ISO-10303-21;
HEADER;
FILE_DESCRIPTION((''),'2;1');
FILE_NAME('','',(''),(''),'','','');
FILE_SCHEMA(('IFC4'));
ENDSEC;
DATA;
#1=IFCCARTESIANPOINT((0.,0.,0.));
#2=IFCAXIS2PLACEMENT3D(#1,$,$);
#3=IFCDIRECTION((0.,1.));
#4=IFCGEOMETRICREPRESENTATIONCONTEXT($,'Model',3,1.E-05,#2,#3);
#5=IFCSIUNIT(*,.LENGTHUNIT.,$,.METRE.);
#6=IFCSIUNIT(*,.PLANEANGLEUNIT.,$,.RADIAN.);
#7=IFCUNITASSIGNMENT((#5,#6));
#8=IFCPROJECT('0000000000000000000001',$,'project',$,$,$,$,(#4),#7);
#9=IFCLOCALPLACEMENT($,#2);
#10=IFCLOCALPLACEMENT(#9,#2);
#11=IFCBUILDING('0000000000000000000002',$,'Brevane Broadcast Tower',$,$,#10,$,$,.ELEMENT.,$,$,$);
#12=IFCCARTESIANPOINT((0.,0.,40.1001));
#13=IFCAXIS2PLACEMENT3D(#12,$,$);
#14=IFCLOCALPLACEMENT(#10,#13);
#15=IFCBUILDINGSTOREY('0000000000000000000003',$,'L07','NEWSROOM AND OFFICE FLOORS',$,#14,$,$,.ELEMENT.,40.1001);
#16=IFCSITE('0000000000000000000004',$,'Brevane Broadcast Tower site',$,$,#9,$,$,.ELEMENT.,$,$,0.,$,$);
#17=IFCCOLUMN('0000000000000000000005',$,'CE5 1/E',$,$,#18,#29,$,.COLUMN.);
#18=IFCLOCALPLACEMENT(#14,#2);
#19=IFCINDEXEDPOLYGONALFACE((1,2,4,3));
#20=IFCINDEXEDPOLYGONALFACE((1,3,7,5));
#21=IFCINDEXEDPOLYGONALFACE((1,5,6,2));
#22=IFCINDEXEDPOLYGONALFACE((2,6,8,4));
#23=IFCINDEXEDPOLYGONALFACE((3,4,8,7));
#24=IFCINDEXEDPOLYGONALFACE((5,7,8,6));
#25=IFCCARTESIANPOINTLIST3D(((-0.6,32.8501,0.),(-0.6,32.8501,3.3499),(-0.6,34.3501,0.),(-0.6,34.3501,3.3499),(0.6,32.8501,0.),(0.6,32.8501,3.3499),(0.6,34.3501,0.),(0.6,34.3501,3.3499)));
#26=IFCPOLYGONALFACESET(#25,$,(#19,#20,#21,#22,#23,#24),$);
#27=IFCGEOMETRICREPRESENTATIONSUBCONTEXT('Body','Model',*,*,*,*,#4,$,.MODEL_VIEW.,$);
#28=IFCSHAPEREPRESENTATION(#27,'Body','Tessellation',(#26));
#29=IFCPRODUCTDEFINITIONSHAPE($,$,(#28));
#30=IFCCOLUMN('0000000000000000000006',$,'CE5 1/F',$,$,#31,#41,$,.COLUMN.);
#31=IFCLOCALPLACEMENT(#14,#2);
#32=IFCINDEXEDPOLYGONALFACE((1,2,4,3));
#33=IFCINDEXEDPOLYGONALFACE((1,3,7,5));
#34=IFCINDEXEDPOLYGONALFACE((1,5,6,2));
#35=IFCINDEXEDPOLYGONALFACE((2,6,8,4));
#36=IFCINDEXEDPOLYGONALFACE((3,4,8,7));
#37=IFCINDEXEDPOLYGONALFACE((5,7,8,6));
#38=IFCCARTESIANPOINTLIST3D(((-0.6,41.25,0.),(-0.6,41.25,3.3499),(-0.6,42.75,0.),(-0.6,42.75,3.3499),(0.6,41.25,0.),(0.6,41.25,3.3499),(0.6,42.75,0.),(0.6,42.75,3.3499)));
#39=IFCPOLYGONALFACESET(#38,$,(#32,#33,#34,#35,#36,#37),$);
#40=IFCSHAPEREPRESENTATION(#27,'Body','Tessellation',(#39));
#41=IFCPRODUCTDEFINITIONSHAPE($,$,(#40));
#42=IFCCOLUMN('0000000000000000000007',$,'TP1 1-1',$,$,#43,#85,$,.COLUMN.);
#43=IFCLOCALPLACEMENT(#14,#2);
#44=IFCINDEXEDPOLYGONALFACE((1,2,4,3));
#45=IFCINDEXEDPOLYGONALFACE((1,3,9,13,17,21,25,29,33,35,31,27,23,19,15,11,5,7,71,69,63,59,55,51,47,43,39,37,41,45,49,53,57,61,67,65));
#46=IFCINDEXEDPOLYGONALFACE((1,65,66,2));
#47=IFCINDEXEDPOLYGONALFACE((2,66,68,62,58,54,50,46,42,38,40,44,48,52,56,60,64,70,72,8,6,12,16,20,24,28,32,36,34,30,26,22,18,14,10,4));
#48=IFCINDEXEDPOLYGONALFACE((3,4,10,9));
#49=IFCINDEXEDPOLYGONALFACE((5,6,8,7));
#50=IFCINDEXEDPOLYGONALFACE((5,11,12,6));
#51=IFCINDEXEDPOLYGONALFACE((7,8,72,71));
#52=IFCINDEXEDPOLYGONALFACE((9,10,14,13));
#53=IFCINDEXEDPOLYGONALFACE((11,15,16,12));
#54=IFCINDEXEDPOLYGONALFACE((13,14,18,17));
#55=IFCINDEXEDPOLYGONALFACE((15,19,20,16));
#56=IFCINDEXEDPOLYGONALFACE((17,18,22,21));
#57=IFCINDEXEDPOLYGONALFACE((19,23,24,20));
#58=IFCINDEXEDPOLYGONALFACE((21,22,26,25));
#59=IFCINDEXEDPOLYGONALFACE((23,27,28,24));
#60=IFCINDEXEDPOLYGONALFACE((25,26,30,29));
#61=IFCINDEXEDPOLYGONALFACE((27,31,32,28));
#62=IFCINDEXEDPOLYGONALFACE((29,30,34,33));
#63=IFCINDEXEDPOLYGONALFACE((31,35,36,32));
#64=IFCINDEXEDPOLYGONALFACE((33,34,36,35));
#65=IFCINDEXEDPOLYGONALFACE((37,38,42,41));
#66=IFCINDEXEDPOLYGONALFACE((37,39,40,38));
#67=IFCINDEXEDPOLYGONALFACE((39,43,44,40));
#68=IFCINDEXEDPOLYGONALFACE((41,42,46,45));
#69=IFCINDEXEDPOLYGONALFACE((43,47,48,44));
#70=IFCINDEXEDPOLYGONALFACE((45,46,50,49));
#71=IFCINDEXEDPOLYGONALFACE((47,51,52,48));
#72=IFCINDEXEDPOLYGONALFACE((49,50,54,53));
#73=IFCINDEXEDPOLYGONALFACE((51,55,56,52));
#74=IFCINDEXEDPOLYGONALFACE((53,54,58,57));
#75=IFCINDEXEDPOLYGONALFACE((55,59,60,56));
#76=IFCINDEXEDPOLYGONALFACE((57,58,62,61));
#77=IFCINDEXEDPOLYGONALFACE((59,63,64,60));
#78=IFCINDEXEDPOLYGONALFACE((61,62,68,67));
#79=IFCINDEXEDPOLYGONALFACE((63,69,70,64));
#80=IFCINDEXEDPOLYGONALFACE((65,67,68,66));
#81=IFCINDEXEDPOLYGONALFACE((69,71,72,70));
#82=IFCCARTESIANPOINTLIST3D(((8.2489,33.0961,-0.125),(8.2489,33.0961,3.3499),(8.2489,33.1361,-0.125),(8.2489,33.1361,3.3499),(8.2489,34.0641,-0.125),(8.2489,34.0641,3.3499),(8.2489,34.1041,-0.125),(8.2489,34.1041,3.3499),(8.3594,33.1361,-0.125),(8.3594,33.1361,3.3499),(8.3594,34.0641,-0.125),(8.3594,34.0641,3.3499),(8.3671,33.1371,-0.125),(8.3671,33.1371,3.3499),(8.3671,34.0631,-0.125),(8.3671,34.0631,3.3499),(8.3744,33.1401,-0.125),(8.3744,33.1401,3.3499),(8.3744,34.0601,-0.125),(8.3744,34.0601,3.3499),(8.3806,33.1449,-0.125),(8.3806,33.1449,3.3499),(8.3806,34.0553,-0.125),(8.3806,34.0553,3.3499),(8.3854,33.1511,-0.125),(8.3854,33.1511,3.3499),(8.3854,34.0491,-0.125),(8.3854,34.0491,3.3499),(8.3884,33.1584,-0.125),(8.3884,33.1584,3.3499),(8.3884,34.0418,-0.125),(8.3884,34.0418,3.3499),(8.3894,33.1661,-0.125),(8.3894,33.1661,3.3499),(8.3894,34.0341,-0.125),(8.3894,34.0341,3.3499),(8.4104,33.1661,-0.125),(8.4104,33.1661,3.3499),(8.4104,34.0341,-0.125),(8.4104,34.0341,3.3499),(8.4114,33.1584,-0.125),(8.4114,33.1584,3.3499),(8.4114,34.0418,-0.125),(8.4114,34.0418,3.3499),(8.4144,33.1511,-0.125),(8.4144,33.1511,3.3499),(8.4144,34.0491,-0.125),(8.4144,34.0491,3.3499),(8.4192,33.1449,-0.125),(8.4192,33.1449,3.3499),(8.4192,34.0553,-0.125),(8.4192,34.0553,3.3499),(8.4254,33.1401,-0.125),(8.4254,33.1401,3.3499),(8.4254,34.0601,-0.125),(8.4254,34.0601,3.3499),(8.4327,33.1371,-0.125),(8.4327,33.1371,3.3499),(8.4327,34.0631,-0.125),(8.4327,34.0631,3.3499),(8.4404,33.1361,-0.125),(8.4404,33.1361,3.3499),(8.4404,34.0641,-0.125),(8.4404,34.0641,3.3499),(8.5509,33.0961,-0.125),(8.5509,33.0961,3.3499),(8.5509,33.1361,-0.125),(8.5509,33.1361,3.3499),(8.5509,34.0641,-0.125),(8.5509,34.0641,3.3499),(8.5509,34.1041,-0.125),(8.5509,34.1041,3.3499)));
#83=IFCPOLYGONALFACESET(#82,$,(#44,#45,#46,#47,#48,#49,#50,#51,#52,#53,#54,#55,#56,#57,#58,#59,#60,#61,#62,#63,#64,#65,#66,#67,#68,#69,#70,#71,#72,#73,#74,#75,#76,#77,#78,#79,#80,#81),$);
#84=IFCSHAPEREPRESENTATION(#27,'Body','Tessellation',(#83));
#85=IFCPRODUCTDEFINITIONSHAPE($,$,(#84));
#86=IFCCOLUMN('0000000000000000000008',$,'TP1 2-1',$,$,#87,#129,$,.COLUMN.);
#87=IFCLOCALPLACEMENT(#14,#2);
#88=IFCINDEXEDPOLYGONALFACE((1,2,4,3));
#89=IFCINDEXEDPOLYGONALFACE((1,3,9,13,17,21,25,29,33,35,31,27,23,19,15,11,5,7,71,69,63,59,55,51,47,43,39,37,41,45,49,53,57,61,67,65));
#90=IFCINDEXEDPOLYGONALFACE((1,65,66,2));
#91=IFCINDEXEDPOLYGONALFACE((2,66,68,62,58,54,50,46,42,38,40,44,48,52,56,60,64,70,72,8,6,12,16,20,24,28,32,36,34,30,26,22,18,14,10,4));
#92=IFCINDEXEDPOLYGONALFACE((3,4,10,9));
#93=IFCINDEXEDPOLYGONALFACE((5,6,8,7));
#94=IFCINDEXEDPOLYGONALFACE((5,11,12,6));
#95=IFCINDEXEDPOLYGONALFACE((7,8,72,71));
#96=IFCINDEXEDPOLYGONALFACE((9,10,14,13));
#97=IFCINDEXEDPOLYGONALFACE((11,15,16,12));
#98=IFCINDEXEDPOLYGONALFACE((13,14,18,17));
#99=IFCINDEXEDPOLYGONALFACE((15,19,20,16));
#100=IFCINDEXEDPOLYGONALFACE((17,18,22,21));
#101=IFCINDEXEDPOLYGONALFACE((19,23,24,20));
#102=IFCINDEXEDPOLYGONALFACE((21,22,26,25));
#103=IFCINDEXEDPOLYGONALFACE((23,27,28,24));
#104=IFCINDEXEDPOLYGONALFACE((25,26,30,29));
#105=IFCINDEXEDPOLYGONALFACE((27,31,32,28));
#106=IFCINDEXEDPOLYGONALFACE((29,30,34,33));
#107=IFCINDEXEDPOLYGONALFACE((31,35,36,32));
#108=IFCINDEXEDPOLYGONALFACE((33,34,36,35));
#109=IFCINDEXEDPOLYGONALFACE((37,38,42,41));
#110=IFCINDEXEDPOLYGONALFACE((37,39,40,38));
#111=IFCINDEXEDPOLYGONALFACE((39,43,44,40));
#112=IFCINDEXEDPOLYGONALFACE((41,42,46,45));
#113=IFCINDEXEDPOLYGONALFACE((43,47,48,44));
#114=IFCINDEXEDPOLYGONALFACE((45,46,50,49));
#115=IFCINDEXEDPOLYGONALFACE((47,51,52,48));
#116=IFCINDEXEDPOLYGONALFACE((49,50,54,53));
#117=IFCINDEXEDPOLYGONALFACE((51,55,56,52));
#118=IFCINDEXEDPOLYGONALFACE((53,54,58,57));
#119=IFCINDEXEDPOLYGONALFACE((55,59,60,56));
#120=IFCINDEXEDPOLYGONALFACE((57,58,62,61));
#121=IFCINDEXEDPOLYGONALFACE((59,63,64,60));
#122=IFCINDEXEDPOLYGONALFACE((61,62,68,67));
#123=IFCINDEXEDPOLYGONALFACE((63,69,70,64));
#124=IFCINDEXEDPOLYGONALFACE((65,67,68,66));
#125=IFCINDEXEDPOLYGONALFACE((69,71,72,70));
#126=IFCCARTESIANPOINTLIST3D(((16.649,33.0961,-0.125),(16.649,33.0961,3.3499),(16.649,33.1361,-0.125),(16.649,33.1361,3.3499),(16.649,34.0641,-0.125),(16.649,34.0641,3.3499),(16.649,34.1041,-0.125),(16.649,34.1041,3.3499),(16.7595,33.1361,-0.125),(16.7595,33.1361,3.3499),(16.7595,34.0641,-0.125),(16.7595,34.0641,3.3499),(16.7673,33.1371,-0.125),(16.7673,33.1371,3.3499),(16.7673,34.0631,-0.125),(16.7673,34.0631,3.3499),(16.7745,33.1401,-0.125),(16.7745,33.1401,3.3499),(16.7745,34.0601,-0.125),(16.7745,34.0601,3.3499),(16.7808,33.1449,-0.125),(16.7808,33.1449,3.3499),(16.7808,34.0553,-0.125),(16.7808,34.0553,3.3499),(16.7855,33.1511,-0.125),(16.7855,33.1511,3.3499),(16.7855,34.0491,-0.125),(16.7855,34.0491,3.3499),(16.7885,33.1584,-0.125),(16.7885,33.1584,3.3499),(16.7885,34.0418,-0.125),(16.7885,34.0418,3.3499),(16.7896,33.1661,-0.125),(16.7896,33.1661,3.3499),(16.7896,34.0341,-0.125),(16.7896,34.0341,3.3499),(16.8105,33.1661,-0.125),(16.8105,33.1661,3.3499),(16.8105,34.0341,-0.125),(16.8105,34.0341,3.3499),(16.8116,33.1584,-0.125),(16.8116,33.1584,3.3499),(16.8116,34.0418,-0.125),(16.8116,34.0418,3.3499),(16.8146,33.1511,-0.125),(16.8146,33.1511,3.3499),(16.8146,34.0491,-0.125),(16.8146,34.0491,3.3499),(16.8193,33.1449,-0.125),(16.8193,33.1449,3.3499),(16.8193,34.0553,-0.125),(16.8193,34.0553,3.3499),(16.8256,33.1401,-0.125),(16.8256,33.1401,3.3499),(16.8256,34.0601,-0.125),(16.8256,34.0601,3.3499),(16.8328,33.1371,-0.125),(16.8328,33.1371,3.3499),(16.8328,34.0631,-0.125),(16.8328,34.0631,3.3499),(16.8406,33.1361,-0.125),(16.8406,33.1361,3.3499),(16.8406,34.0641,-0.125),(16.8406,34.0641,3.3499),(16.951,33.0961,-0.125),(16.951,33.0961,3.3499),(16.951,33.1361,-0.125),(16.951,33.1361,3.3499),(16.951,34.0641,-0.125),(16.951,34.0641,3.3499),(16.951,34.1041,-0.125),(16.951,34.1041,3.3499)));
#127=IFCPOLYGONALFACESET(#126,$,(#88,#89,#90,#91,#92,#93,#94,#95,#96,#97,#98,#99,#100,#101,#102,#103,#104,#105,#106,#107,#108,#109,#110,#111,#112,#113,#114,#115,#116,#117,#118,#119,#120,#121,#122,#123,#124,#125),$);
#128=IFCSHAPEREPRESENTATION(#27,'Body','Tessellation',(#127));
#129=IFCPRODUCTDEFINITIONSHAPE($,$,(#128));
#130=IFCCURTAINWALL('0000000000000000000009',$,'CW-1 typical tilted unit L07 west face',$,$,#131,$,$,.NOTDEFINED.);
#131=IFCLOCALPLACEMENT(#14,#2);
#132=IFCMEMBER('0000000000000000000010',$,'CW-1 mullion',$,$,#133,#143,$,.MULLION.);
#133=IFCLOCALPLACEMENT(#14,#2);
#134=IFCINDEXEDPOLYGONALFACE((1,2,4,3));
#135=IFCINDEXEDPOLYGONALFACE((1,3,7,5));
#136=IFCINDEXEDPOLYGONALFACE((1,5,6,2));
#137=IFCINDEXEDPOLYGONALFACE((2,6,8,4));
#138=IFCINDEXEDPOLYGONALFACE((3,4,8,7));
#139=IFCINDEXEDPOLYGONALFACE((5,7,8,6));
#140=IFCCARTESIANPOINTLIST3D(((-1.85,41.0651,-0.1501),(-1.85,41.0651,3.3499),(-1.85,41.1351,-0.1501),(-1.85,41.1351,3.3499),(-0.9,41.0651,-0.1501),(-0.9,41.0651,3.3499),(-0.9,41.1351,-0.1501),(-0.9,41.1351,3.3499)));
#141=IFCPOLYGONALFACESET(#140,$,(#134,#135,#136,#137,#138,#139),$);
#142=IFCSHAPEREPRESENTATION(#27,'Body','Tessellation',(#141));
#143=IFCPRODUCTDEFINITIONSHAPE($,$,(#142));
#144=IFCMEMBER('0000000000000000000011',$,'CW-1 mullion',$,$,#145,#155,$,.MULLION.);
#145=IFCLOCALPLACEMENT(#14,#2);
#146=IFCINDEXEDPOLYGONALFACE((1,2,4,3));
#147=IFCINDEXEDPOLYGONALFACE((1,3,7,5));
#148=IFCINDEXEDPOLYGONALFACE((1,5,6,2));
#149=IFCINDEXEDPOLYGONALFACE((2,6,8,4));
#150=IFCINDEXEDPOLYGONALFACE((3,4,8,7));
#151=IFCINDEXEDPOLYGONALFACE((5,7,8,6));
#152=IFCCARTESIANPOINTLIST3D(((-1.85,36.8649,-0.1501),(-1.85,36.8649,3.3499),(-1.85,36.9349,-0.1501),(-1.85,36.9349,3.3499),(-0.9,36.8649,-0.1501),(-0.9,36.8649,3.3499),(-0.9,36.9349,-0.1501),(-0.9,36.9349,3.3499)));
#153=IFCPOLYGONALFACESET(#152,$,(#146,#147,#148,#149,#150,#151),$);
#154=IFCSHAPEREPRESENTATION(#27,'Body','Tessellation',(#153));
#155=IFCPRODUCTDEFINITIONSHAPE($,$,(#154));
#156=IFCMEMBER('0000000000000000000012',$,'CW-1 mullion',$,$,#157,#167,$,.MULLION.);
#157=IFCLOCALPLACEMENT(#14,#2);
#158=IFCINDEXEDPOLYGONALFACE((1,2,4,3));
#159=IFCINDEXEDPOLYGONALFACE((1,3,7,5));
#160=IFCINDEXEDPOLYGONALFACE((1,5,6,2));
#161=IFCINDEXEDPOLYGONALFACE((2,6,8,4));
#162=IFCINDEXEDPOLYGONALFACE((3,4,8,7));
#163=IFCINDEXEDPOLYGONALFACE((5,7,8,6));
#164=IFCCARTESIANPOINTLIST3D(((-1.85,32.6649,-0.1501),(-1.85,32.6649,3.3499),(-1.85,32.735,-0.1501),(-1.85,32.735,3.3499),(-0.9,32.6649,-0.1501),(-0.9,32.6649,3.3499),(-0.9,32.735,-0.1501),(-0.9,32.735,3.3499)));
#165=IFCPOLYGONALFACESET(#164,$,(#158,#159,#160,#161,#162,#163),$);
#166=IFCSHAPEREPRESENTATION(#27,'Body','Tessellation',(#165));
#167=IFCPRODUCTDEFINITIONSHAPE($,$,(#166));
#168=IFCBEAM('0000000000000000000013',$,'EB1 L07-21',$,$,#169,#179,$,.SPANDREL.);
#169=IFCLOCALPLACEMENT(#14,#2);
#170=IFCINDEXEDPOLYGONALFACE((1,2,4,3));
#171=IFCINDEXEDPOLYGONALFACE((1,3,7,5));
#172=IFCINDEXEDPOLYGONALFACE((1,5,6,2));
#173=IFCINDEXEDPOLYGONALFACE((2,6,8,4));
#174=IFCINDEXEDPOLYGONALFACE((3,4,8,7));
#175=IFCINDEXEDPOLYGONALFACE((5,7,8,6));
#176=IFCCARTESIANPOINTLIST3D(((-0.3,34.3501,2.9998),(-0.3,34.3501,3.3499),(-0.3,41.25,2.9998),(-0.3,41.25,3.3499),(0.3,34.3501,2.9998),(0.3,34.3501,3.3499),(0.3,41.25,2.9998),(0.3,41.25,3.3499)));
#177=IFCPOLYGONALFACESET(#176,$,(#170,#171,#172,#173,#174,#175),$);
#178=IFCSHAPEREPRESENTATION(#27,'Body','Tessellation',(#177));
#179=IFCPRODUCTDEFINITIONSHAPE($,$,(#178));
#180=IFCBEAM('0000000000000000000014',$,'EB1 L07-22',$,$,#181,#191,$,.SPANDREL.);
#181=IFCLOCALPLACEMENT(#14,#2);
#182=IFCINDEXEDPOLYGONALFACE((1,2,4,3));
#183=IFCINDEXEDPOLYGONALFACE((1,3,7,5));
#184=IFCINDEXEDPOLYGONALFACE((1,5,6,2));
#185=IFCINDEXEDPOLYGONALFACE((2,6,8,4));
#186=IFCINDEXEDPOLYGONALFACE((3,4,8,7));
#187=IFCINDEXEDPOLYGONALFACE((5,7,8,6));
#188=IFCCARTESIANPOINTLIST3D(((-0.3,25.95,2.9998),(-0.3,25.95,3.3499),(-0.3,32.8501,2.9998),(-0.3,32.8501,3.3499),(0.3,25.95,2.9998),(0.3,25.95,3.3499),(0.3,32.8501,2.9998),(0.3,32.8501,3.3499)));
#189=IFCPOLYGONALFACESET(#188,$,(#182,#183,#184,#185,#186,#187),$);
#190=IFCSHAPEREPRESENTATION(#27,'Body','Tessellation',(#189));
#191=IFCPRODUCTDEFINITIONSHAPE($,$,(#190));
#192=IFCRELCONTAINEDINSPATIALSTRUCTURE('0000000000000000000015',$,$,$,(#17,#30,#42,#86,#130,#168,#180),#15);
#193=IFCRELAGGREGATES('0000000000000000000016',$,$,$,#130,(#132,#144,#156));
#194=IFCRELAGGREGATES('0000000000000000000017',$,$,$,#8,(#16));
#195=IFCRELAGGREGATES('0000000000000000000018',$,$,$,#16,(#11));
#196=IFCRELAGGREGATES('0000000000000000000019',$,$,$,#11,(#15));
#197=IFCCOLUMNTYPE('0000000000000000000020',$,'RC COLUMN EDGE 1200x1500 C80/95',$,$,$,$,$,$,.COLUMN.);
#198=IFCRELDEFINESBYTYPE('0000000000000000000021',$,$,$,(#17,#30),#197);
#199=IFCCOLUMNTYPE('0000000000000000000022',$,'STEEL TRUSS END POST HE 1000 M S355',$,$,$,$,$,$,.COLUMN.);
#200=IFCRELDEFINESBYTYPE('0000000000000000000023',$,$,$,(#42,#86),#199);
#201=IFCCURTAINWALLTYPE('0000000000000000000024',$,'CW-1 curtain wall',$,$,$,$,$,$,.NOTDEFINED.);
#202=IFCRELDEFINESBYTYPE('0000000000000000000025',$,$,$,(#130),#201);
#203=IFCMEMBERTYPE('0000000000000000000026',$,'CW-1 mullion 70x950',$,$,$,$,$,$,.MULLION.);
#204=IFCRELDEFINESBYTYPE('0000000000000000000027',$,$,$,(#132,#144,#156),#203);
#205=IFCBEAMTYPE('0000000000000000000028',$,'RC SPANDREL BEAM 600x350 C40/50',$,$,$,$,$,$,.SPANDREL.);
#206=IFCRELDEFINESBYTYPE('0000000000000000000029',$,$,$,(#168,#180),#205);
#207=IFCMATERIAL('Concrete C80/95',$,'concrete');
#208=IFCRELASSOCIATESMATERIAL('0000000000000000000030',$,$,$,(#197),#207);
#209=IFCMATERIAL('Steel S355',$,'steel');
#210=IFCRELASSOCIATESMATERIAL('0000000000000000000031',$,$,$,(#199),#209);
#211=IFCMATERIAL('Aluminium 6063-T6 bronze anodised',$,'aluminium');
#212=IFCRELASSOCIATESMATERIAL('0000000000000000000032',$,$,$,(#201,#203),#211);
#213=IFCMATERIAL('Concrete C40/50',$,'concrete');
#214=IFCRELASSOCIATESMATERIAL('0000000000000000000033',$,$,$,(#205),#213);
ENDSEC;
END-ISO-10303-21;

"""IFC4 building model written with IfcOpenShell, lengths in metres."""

from ifc_helpers import new_model, si_unit, direction, frame, origin, origin_2d, place, context, subcontext, project, spatial, rectangle, i_section, extrude, material, material_profile, profile_set, type_object, element, aggregate, save


model = new_model("IFC4")

# Units and contexts
model_context = context("Model", 3, precision=1e-05, world=origin(), true_north=direction((0.0, 1.0)))
body_context = subcontext(model_context, "Body", "Model", "MODEL_VIEW")
ifc_project = project(units=[si_unit("LENGTHUNIT", "METRE"), si_unit("PLANEANGLEUNIT", "RADIAN")], contexts=[model_context])

# Site, building, storey
site_placement = place(None, origin())
site = spatial("IfcSite", under=ifc_project, at=site_placement, Name="Brevane Broadcast Tower site", CompositionType="ELEMENT", RefElevation=0.0)
building_placement = place(site_placement, origin())
building = spatial("IfcBuilding", under=site, at=building_placement, Name="Brevane Broadcast Tower", CompositionType="ELEMENT")
storey_placement = place(building_placement, frame((0.0, 0.0, 40.1001)))
storey = spatial("IfcBuildingStorey", under=building, at=storey_placement, Name="L07", Description="NEWSROOM AND OFFICE FLOORS", CompositionType="ELEMENT", Elevation=40.1001)

# Columns
ifc_material_1 = material(Name="Concrete C80/95", Category="concrete")
ifc_material_profile_1 = material_profile(ifc_material_1, rectangle(XDim=1.2, YDim=1.5, at=origin_2d()), Name="RC 1200x1500")
ifc_profile_set_1 = profile_set([ifc_material_profile_1], Name="Concrete C80/95")
column_type_1 = type_object("IfcColumnType", Name="RC COLUMN EDGE 1200x1500 C80/95", PredefinedType="COLUMN", material=ifc_profile_set_1)
for number, where, z_axis, x_axis, name in (
    (1, (0.0, 33.6001, 0.0), (0.0, 0.0, 1.0), (1.0, 0.0, 0.0), "CE5 1/E"),
    (2, (0.0, 42.0, 0.0), (0.0, 0.0, 1.0), (1.0, 0.0, 0.0), "CE5 1/F"),
):
    element("IfcColumn", number, at=place(storey_placement, frame(where, z_axis=z_axis, x_axis=x_axis)), inside=storey, type_object=column_type_1, Name=name, PredefinedType="COLUMN", context=body_context, shape_type="SweptSolid", body=[
        extrude(rectangle(XDim=1.2, YDim=1.5, at=origin_2d()), origin(), (0.0, 0.0, 1.0), 3.3499),
    ])
ifc_material_2 = material(Name="Steel S355", Category="steel")
ifc_material_profile_2 = material_profile(ifc_material_2, i_section(OverallWidth=0.302, OverallDepth=1.0081, WebThickness=0.021, FlangeThickness=0.04, FilletRadius=0.03, at=origin_2d()), Name="HE 1000 M")
ifc_profile_set_2 = profile_set([ifc_material_profile_2], Name="Steel S355")
column_type_2 = type_object("IfcColumnType", Name="STEEL TRUSS END POST HE 1000 M S355", PredefinedType="COLUMN", material=ifc_profile_set_2)
for number, where, z_axis, x_axis, name in (
    (3, (8.3999, 33.6001, -0.125), (0.0, 0.0, 1.0), (1.0, 0.0, 0.0), "TP1 1-1"),
    (4, (16.8, 33.6001, -0.125), (0.0, 0.0, 1.0), (1.0, 0.0, 0.0), "TP1 2-1"),
):
    element("IfcColumn", number, at=place(storey_placement, frame(where, z_axis=z_axis, x_axis=x_axis)), inside=storey, type_object=column_type_2, Name=name, PredefinedType="COLUMN", context=body_context, shape_type="SweptSolid", body=[
        extrude(i_section(OverallWidth=0.302, OverallDepth=1.0081, WebThickness=0.021, FlangeThickness=0.04, FilletRadius=0.03, at=origin_2d()), origin(), (0.0, 0.0, 1.0), 3.4749),
    ])

# Curtain wall, members
ifc_material_3 = material(Name="Aluminium 6063-T6 bronze anodised", Category="aluminium")
curtain_wall_type = type_object("IfcCurtainWallType", Name="CW-1 curtain wall", PredefinedType="NOTDEFINED", material=ifc_material_3)
curtain_wall_placement = place(storey_placement, origin())
curtain_wall = element("IfcCurtainWall", 5, at=curtain_wall_placement, inside=storey, type_object=curtain_wall_type, Name="CW-1 typical tilted unit L07 west face", PredefinedType="NOTDEFINED")
ifc_material_profile_3 = material_profile(ifc_material_3, rectangle(XDim=0.95, YDim=0.0701, at=origin_2d()), Name="RECT 70x950")
ifc_profile_set_3 = profile_set([ifc_material_profile_3], Name="Aluminium 6063-T6 bronze anodised")
member_type_1 = type_object("IfcMemberType", Name="CW-1 mullion 70x950", PredefinedType="MULLION", material=ifc_profile_set_3)
member_1_placement = place(storey_placement, frame((-1.375, 41.1001, -0.1501), z_axis=(0.0, 0.0, 1.0), x_axis=(1.0, 0.0, 0.0)))
member_1 = element("IfcMember", 6, at=member_1_placement, type_object=member_type_1, Name="CW-1 mullion", PredefinedType="MULLION", context=body_context, shape_type="SweptSolid", body=[
    extrude(rectangle(XDim=0.95, YDim=0.0701, at=origin_2d()), origin(), (0.0, 0.0, 1.0), 3.5),
])
member_2_placement = place(storey_placement, frame((-1.375, 36.8999, -0.1501), z_axis=(0.0, 0.0, 1.0), x_axis=(1.0, 0.0, 0.0)))
member_2 = element("IfcMember", 7, at=member_2_placement, type_object=member_type_1, Name="CW-1 mullion", PredefinedType="MULLION", context=body_context, shape_type="SweptSolid", body=[
    extrude(rectangle(XDim=0.95, YDim=0.0701, at=origin_2d()), origin(), (0.0, 0.0, 1.0), 3.5),
])
member_3_placement = place(storey_placement, frame((-1.375, 32.7, -0.1501), z_axis=(0.0, 0.0, 1.0), x_axis=(1.0, 0.0, 0.0)))
member_3 = element("IfcMember", 8, at=member_3_placement, type_object=member_type_1, Name="CW-1 mullion", PredefinedType="MULLION", context=body_context, shape_type="SweptSolid", body=[
    extrude(rectangle(XDim=0.95, YDim=0.0701, at=origin_2d()), origin(), (0.0, 0.0, 1.0), 3.5),
])
aggregate(curtain_wall, [member_1, member_2, member_3])

# Beams
ifc_material_4 = material(Name="Concrete C40/50", Category="concrete")
ifc_material_profile_4 = material_profile(ifc_material_4, rectangle(XDim=0.6001, YDim=0.3501, at=origin_2d()), Name="RC 600x350")
ifc_profile_set_4 = profile_set([ifc_material_profile_4], Name="Concrete C40/50")
beam_type = type_object("IfcBeamType", Name="RC SPANDREL BEAM 600x350 C40/50", PredefinedType="SPANDREL", material=ifc_profile_set_4)
beam_1_placement = place(storey_placement, frame((0.0, 41.25, 3.1748), z_axis=(0.0, -1.0, 0.0), x_axis=(1.0, 0.0, 0.0)))
element("IfcBeam", 9, at=beam_1_placement, inside=storey, type_object=beam_type, Name="EB1 L07-21", PredefinedType="SPANDREL", context=body_context, shape_type="SweptSolid", body=[
    extrude(rectangle(XDim=0.6001, YDim=0.3501, at=origin_2d()), origin(), (0.0, 0.0, 1.0), 6.8999),
])
beam_2_placement = place(storey_placement, frame((0.0, 32.8501, 3.1748), z_axis=(0.0, -1.0, 0.0), x_axis=(1.0, 0.0, 0.0)))
element("IfcBeam", 10, at=beam_2_placement, inside=storey, type_object=beam_type, Name="EB1 L07-22", PredefinedType="SPANDREL", context=body_context, shape_type="SweptSolid", body=[
    extrude(rectangle(XDim=0.6001, YDim=0.3501, at=origin_2d()), origin(), (0.0, 0.0, 1.0), 6.9001),
])

save(model, "model.ifc")
